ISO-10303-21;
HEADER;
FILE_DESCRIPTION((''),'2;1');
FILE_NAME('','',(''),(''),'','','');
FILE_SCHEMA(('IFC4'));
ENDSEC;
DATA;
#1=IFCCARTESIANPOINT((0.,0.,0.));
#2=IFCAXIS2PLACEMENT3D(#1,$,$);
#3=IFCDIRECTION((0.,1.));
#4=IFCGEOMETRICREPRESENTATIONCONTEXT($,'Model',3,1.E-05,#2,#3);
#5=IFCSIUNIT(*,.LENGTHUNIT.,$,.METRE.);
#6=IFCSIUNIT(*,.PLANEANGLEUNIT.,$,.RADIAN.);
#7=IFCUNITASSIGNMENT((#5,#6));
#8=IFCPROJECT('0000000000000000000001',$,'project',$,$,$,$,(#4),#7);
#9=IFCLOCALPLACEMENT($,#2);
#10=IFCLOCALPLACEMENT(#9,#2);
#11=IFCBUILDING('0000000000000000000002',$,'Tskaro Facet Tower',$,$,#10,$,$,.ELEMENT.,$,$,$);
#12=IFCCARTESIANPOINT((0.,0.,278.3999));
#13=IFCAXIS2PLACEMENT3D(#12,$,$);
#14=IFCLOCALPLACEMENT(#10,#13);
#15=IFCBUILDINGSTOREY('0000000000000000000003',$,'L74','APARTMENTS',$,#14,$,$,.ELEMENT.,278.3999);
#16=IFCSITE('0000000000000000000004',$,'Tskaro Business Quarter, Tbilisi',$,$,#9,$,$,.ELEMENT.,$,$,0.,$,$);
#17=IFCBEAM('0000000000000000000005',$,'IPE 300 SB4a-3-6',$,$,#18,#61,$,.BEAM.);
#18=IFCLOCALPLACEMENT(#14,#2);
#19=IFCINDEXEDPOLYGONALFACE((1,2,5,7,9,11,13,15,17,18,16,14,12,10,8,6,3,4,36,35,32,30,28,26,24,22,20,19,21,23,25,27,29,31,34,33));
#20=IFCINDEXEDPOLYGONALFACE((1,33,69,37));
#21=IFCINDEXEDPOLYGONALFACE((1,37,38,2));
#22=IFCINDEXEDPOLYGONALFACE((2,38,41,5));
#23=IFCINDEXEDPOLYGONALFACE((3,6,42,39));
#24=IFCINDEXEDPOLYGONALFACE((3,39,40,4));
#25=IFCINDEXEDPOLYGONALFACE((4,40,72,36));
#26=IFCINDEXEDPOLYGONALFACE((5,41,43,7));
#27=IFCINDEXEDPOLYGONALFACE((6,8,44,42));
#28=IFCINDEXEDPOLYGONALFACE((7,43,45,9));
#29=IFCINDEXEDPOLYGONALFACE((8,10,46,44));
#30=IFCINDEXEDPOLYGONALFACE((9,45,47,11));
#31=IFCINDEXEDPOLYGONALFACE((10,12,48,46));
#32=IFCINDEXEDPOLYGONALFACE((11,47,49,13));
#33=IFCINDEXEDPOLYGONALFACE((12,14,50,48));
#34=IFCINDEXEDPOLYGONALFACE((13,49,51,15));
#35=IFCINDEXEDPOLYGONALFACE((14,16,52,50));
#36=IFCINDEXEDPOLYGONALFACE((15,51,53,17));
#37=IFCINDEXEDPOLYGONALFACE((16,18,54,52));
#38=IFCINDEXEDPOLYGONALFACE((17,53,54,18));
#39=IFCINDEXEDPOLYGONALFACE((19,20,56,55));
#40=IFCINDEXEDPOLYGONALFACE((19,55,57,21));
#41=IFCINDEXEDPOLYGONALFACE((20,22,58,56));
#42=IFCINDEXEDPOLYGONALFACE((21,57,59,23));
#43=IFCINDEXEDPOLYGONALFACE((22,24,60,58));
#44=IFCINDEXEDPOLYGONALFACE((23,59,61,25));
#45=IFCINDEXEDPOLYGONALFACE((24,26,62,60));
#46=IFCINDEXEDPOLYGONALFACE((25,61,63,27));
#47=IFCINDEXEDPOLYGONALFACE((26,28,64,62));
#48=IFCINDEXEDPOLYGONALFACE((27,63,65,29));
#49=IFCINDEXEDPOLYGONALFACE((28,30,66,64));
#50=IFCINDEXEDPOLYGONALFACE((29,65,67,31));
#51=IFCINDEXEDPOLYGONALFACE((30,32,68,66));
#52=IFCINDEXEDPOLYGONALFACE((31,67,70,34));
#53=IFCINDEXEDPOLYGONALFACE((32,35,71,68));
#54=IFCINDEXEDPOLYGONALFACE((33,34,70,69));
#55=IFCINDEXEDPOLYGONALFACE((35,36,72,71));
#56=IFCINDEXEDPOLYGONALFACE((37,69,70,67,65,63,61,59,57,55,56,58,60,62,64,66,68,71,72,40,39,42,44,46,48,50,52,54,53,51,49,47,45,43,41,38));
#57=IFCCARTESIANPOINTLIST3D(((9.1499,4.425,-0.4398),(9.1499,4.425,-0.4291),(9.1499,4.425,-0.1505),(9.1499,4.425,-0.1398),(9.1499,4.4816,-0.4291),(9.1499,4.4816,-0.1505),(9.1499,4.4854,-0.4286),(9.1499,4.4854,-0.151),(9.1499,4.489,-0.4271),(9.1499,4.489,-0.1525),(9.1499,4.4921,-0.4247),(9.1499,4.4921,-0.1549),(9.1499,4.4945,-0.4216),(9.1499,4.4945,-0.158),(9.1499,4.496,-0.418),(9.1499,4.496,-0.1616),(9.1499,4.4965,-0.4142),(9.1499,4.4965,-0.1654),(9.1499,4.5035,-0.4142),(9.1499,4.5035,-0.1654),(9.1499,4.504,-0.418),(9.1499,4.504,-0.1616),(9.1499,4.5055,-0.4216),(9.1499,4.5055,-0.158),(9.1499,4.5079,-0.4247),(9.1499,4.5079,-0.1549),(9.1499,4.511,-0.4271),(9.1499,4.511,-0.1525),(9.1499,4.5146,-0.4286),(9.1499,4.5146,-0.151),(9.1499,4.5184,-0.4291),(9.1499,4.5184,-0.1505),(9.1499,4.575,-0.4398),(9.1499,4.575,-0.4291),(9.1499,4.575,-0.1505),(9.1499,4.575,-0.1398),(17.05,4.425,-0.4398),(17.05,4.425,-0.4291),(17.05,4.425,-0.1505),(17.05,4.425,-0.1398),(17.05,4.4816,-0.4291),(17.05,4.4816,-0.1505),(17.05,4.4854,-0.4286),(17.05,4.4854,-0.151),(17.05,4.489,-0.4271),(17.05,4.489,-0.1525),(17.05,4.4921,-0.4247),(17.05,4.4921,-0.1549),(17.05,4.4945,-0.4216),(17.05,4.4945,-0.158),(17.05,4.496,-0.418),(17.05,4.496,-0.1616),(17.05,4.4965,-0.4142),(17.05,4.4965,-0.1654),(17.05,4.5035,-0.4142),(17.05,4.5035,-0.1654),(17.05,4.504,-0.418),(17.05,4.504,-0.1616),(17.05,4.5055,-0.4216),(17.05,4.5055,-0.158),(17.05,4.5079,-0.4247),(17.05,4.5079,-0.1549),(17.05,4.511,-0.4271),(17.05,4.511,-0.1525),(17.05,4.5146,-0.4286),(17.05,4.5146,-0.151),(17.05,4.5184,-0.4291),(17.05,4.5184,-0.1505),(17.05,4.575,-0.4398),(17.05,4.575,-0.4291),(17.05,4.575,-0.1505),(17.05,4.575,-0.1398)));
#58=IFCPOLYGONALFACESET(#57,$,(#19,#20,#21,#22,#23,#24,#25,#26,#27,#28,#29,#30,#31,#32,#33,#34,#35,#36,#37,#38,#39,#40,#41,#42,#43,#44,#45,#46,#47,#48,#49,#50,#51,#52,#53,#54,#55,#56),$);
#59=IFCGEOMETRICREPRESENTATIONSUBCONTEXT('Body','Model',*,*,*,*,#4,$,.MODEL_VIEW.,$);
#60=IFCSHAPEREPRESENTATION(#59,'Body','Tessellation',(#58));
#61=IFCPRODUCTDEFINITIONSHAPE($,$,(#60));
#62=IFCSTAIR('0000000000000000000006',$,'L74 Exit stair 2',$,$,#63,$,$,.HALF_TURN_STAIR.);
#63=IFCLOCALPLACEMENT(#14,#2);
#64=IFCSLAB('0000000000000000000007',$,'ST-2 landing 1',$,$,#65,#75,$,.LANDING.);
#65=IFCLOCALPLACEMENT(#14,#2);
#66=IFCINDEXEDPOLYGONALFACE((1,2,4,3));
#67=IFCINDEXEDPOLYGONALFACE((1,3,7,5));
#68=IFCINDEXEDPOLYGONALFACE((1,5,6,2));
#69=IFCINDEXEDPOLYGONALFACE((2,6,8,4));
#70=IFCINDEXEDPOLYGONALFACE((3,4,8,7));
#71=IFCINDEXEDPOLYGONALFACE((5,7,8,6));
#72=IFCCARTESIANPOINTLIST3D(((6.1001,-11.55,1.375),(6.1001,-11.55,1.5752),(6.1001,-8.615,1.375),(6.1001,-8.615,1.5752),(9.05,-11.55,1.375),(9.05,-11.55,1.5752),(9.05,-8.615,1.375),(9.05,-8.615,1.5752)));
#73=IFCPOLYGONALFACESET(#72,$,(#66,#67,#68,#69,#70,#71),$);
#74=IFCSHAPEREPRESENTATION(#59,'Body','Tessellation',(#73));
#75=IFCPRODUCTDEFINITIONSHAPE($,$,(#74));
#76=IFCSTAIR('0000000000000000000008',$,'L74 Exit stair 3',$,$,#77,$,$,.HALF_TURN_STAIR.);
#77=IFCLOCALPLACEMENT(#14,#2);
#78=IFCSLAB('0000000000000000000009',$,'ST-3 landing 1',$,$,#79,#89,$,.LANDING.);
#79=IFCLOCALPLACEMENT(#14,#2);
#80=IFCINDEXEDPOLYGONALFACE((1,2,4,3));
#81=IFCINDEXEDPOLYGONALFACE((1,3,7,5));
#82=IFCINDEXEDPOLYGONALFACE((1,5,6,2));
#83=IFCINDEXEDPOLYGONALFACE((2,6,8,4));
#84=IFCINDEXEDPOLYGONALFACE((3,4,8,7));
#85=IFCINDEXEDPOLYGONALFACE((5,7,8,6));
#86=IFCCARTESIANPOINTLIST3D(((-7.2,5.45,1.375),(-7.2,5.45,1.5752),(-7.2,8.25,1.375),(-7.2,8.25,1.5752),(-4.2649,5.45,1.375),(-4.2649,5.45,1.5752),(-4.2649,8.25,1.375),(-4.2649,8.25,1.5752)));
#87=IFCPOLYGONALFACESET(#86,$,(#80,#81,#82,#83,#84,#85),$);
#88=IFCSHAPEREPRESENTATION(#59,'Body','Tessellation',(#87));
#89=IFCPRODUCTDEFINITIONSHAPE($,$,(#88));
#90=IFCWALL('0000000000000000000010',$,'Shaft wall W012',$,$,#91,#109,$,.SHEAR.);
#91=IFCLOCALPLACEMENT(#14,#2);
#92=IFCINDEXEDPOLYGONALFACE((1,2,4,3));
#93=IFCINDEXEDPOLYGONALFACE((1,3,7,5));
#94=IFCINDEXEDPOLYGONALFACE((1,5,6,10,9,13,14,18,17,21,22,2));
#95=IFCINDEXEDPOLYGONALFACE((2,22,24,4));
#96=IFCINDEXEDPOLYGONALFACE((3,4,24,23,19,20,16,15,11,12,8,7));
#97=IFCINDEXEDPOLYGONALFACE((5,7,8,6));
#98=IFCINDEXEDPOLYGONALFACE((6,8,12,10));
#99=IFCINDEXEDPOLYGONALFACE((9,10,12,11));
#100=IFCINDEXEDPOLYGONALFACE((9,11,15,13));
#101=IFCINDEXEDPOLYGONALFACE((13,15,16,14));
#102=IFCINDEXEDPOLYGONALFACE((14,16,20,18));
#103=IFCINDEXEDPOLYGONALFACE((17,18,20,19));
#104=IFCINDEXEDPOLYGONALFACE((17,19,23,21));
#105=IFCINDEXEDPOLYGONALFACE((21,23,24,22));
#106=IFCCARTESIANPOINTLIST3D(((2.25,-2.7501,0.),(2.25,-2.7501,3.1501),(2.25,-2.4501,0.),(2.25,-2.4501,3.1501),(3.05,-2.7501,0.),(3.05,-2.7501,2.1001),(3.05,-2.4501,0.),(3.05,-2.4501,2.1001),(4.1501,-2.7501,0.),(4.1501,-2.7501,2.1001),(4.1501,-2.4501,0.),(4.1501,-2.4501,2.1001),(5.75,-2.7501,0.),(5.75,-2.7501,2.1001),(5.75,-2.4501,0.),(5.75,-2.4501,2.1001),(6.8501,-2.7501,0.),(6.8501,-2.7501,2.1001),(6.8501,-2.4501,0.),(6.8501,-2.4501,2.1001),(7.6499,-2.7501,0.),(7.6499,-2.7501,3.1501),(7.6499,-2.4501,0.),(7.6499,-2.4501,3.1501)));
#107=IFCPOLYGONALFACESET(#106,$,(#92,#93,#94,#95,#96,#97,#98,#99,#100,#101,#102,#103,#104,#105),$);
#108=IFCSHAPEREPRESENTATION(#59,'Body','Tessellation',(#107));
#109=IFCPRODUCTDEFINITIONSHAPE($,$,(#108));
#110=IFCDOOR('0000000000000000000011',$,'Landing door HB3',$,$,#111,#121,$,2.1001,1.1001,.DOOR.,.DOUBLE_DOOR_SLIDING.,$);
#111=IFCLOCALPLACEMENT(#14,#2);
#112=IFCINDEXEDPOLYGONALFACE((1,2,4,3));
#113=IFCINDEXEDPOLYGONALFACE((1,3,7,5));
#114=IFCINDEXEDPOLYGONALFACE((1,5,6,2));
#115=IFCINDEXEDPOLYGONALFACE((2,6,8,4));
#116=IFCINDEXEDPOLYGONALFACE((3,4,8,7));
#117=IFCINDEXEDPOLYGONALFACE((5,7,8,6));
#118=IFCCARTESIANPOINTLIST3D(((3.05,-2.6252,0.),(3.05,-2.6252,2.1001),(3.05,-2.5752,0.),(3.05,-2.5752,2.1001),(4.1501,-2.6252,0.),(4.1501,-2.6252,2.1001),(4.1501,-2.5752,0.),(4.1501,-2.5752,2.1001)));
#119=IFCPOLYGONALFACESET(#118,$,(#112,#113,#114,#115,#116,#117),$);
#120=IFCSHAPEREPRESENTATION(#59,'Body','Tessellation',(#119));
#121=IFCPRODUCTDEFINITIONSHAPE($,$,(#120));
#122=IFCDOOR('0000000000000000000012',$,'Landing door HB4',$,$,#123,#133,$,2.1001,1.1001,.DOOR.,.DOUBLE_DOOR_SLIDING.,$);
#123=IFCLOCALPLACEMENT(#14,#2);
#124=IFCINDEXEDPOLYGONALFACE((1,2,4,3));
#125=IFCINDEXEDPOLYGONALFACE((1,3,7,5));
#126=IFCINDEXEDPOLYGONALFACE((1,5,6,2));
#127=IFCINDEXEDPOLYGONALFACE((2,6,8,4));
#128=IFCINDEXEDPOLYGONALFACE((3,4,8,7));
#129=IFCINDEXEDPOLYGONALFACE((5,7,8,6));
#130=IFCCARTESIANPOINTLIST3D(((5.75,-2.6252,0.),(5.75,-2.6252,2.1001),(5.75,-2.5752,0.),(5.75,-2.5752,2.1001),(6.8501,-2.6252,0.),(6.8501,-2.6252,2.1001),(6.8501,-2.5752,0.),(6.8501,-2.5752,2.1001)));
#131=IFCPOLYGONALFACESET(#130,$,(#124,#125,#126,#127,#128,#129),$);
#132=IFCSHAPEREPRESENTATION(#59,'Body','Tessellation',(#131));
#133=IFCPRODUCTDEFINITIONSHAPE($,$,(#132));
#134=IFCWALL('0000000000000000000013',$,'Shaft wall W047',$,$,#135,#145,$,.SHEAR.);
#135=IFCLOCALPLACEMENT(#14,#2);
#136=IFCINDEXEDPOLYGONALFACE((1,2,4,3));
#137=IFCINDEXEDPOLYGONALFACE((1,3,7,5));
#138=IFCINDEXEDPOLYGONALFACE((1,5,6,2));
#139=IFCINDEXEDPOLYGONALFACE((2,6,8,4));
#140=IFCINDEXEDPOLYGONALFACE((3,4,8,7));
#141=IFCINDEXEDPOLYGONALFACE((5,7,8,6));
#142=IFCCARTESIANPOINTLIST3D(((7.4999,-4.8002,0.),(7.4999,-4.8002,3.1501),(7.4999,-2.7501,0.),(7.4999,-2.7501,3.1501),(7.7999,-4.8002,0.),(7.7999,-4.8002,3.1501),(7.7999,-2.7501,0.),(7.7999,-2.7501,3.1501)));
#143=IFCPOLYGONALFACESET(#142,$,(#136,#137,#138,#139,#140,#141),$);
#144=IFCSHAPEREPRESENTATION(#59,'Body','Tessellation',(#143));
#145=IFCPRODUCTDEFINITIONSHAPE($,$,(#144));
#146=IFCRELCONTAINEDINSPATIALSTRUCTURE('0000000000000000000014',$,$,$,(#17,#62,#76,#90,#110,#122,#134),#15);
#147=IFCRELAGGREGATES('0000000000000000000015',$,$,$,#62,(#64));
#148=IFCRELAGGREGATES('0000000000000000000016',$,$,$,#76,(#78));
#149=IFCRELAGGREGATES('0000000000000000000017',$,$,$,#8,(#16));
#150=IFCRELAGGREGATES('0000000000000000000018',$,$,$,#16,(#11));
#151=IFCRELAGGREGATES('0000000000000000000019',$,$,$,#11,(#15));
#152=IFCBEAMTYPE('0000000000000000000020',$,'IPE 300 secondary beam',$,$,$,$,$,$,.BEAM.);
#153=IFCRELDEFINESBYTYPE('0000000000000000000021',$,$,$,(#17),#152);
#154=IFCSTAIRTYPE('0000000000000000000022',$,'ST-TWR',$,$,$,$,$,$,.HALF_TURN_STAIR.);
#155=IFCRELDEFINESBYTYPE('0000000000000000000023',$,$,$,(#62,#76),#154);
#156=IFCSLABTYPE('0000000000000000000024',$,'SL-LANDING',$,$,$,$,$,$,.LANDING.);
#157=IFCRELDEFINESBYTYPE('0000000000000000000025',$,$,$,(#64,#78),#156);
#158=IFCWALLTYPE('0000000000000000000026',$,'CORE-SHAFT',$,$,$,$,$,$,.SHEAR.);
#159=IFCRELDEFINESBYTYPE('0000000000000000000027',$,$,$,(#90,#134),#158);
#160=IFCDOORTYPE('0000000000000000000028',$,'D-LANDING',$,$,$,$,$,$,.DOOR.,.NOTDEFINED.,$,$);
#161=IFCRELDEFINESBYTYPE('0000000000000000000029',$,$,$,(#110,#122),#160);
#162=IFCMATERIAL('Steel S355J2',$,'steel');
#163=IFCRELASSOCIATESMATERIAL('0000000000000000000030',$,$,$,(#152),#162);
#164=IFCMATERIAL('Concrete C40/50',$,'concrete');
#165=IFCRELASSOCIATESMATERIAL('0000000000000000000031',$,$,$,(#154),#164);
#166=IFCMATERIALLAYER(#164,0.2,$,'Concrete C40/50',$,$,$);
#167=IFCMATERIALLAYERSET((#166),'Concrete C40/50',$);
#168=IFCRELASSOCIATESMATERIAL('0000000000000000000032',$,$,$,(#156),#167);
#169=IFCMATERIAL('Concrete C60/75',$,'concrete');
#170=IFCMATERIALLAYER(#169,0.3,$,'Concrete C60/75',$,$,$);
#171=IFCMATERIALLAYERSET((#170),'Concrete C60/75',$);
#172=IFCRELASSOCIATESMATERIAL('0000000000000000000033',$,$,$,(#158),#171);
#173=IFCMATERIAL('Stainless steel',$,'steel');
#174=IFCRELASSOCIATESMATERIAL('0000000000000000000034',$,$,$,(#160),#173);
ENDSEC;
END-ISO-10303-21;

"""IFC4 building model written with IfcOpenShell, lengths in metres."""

from ifc_helpers import new_model, si_unit, direction, frame, frame_2d, origin, origin_2d, place, context, subcontext, project, spatial, polyline, rectangle, i_section, outline, extrude, material, layer, layer_set, material_profile, profile_set, type_object, element, fill, aggregate, save


model = new_model("IFC4")

# Units and contexts
model_context = context("Model", 3, precision=1e-05, world=origin(), true_north=direction((0.0, 1.0)))
body_context = subcontext(model_context, "Body", "Model", "MODEL_VIEW")
ifc_project = project(units=[si_unit("LENGTHUNIT", "METRE"), si_unit("PLANEANGLEUNIT", "RADIAN")], contexts=[model_context])

# Site, building, storey
site_placement = place(None, origin())
site = spatial("IfcSite", under=ifc_project, at=site_placement, Name="Tskaro Business Quarter, Tbilisi", CompositionType="ELEMENT", RefElevation=0.0)
building_placement = place(site_placement, origin())
building = spatial("IfcBuilding", under=site, at=building_placement, Name="Tskaro Facet Tower", CompositionType="ELEMENT")
storey_placement = place(building_placement, frame((0.0, 0.0, 278.3999)))
storey = spatial("IfcBuildingStorey", under=building, at=storey_placement, Name="L74", Description="APARTMENTS", CompositionType="ELEMENT", Elevation=278.3999)

# Beam
ifc_material_1 = material(Name="Steel S355J2", Category="steel")
ifc_material_profile_1 = material_profile(ifc_material_1, i_section(OverallWidth=0.1499, OverallDepth=0.3, WebThickness=0.0071, FlangeThickness=0.0107, FilletRadius=0.0149, at=origin_2d()), Name="IPE 300")
ifc_profile_set_1 = profile_set([ifc_material_profile_1], Name="Steel S355J2")
beam_type_1 = type_object("IfcBeamType", Name="IPE 300 secondary beam", PredefinedType="BEAM", material=ifc_profile_set_1)
beam_1_placement = place(storey_placement, frame((9.1499, 4.5, -0.2898), z_axis=(1.0, 0.0, 0.0), x_axis=(0.0, 1.0, 0.0)))
element("IfcBeam", 1, at=beam_1_placement, inside=storey, type_object=beam_type_1, Name="IPE 300 SB4a-3-6", PredefinedType="BEAM", context=body_context, shape_type="SweptSolid", body=[
    extrude(i_section(OverallWidth=0.1499, OverallDepth=0.3, WebThickness=0.0071, FlangeThickness=0.0107, FilletRadius=0.0149, at=origin_2d()), origin(), (0.0, 0.0, 1.0), 7.9001),
])

# Stairs, slabs
ifc_material_2 = material(Name="Concrete C40/50", Category="concrete")
stair_type = type_object("IfcStairType", Name="ST-TWR", PredefinedType="HALF_TURN_STAIR", material=ifc_material_2)
stair_1_placement = place(storey_placement, origin())
stair_1 = element("IfcStair", 2, at=stair_1_placement, inside=storey, type_object=stair_type, Name="L74 Exit stair 2", PredefinedType="HALF_TURN_STAIR")
ifc_layer_1 = layer(ifc_material_2, 0.2, Name="Concrete C40/50")
ifc_layer_set_1 = layer_set([ifc_layer_1], Name="Concrete C40/50")
slab_type = type_object("IfcSlabType", Name="SL-LANDING", PredefinedType="LANDING", material=ifc_layer_set_1)
slab_1_placement = place(storey_placement, frame((0.0, 0.0, 1.375)))
slab_1 = element("IfcSlab", 3, at=slab_1_placement, type_object=slab_type, Name="ST-2 landing 1", PredefinedType="LANDING", context=body_context, shape_type="SweptSolid", body=[
    extrude(outline(polyline([(6.1001, -11.55), (9.05, -11.55), (9.05, -8.615), (6.1001, -8.615), (6.1001, -11.55)])), origin(), (0.0, 0.0, 1.0), 0.2002),
])
aggregate(stair_1, [slab_1])
stair_2_placement = place(storey_placement, origin())
stair_2 = element("IfcStair", 4, at=stair_2_placement, inside=storey, type_object=stair_type, Name="L74 Exit stair 3", PredefinedType="HALF_TURN_STAIR")
slab_2_placement = place(storey_placement, frame((0.0, 0.0, 1.375)))
slab_2 = element("IfcSlab", 5, at=slab_2_placement, type_object=slab_type, Name="ST-3 landing 1", PredefinedType="LANDING", context=body_context, shape_type="SweptSolid", body=[
    extrude(outline(polyline([(-7.2, 5.45), (-4.2649, 5.45), (-4.2649, 8.25), (-7.2, 8.25), (-7.2, 5.45)])), origin(), (0.0, 0.0, 1.0), 0.2002),
])
aggregate(stair_2, [slab_2])

# Wall, openings, doors
ifc_material_3 = material(Name="Concrete C60/75", Category="concrete")
ifc_layer_2 = layer(ifc_material_3, 0.3, Name="Concrete C60/75")
ifc_layer_set_2 = layer_set([ifc_layer_2], Name="Concrete C60/75")
wall_type_1 = type_object("IfcWallType", Name="CORE-SHAFT", PredefinedType="SHEAR", material=ifc_layer_set_2)
wall_1_placement = place(storey_placement, frame((2.25, -2.6001, 0.0), z_axis=(0.0, 0.0, 1.0), x_axis=(1.0, 0.0, 0.0)))
wall_1 = element("IfcWall", 6, at=wall_1_placement, inside=storey, type_object=wall_type_1, Name="Shaft wall W012", PredefinedType="SHEAR", context=body_context, shape_type="SweptSolid", body=[
    extrude(rectangle(XDim=5.3999, YDim=0.3, at=frame_2d((2.7, 0.0))), origin(), (0.0, 0.0, 1.0), 3.1501),
])
opening_1_placement = place(wall_1_placement, frame((0.8, 0.0, 0.0)))
opening_1 = element("IfcOpeningElement", 7, at=opening_1_placement, cuts=wall_1, PredefinedType="OPENING", context=body_context, shape_type="SweptSolid", body=[
    extrude(rectangle(XDim=1.1001, YDim=2.1001, at=frame_2d((0.55, 1.05))), frame((0.0, 0.1599, 0.0), z_axis=(0.0, -1.0, 0.0), x_axis=(1.0, 0.0, 0.0)), (0.0, 0.0, 1.0), 0.3201),
])
opening_2_placement = place(wall_1_placement, frame((3.5, 0.0, 0.0)))
opening_2 = element("IfcOpeningElement", 8, at=opening_2_placement, cuts=wall_1, PredefinedType="OPENING", context=body_context, shape_type="SweptSolid", body=[
    extrude(rectangle(XDim=1.1001, YDim=2.1001, at=frame_2d((0.55, 1.05))), frame((0.0, 0.1599, 0.0), z_axis=(0.0, -1.0, 0.0), x_axis=(1.0, 0.0, 0.0)), (0.0, 0.0, 1.0), 0.3201),
])
ifc_material_4 = material(Name="Stainless steel", Category="steel")
door_type_1 = type_object("IfcDoorType", Name="D-LANDING", OperationType="NOTDEFINED", PredefinedType="DOOR", material=ifc_material_4)
door_1_placement = place(opening_1_placement, origin())
door_1 = element("IfcDoor", 9, at=door_1_placement, inside=storey, type_object=door_type_1, Name="Landing door HB3", OperationType="DOUBLE_DOOR_SLIDING", OverallHeight=2.1001, OverallWidth=1.1001, PredefinedType="DOOR", context=body_context, shape_type="SweptSolid", body=[
    extrude(rectangle(XDim=1.1001, YDim=2.1001, at=frame_2d((0.55, 1.05))), frame((0.0, 0.0249, 0.0), z_axis=(0.0, -1.0, 0.0), x_axis=(1.0, 0.0, 0.0)), (0.0, 0.0, 1.0), 0.05),
])
fill(opening_1, door_1)
door_2_placement = place(opening_2_placement, origin())
door_2 = element("IfcDoor", 10, at=door_2_placement, inside=storey, type_object=door_type_1, Name="Landing door HB4", OperationType="DOUBLE_DOOR_SLIDING", OverallHeight=2.1001, OverallWidth=1.1001, PredefinedType="DOOR", context=body_context, shape_type="SweptSolid", body=[
    extrude(rectangle(XDim=1.1001, YDim=2.1001, at=frame_2d((0.55, 1.05))), frame((0.0, 0.0249, 0.0), z_axis=(0.0, -1.0, 0.0), x_axis=(1.0, 0.0, 0.0)), (0.0, 0.0, 1.0), 0.05),
])
fill(opening_2, door_2)

# Wall
wall_2_placement = place(storey_placement, frame((7.6499, -4.8, 0.0), z_axis=(0.0, 0.0, 1.0), x_axis=(0.0, 1.0, 0.0)))
element("IfcWall", 11, at=wall_2_placement, inside=storey, type_object=wall_type_1, Name="Shaft wall W047", PredefinedType="SHEAR", context=body_context, shape_type="SweptSolid", body=[
    extrude(rectangle(XDim=2.05, YDim=0.3, at=frame_2d((1.0249, 0.0))), origin(), (0.0, 0.0, 1.0), 3.1501),
])

save(model, "model.ifc")
